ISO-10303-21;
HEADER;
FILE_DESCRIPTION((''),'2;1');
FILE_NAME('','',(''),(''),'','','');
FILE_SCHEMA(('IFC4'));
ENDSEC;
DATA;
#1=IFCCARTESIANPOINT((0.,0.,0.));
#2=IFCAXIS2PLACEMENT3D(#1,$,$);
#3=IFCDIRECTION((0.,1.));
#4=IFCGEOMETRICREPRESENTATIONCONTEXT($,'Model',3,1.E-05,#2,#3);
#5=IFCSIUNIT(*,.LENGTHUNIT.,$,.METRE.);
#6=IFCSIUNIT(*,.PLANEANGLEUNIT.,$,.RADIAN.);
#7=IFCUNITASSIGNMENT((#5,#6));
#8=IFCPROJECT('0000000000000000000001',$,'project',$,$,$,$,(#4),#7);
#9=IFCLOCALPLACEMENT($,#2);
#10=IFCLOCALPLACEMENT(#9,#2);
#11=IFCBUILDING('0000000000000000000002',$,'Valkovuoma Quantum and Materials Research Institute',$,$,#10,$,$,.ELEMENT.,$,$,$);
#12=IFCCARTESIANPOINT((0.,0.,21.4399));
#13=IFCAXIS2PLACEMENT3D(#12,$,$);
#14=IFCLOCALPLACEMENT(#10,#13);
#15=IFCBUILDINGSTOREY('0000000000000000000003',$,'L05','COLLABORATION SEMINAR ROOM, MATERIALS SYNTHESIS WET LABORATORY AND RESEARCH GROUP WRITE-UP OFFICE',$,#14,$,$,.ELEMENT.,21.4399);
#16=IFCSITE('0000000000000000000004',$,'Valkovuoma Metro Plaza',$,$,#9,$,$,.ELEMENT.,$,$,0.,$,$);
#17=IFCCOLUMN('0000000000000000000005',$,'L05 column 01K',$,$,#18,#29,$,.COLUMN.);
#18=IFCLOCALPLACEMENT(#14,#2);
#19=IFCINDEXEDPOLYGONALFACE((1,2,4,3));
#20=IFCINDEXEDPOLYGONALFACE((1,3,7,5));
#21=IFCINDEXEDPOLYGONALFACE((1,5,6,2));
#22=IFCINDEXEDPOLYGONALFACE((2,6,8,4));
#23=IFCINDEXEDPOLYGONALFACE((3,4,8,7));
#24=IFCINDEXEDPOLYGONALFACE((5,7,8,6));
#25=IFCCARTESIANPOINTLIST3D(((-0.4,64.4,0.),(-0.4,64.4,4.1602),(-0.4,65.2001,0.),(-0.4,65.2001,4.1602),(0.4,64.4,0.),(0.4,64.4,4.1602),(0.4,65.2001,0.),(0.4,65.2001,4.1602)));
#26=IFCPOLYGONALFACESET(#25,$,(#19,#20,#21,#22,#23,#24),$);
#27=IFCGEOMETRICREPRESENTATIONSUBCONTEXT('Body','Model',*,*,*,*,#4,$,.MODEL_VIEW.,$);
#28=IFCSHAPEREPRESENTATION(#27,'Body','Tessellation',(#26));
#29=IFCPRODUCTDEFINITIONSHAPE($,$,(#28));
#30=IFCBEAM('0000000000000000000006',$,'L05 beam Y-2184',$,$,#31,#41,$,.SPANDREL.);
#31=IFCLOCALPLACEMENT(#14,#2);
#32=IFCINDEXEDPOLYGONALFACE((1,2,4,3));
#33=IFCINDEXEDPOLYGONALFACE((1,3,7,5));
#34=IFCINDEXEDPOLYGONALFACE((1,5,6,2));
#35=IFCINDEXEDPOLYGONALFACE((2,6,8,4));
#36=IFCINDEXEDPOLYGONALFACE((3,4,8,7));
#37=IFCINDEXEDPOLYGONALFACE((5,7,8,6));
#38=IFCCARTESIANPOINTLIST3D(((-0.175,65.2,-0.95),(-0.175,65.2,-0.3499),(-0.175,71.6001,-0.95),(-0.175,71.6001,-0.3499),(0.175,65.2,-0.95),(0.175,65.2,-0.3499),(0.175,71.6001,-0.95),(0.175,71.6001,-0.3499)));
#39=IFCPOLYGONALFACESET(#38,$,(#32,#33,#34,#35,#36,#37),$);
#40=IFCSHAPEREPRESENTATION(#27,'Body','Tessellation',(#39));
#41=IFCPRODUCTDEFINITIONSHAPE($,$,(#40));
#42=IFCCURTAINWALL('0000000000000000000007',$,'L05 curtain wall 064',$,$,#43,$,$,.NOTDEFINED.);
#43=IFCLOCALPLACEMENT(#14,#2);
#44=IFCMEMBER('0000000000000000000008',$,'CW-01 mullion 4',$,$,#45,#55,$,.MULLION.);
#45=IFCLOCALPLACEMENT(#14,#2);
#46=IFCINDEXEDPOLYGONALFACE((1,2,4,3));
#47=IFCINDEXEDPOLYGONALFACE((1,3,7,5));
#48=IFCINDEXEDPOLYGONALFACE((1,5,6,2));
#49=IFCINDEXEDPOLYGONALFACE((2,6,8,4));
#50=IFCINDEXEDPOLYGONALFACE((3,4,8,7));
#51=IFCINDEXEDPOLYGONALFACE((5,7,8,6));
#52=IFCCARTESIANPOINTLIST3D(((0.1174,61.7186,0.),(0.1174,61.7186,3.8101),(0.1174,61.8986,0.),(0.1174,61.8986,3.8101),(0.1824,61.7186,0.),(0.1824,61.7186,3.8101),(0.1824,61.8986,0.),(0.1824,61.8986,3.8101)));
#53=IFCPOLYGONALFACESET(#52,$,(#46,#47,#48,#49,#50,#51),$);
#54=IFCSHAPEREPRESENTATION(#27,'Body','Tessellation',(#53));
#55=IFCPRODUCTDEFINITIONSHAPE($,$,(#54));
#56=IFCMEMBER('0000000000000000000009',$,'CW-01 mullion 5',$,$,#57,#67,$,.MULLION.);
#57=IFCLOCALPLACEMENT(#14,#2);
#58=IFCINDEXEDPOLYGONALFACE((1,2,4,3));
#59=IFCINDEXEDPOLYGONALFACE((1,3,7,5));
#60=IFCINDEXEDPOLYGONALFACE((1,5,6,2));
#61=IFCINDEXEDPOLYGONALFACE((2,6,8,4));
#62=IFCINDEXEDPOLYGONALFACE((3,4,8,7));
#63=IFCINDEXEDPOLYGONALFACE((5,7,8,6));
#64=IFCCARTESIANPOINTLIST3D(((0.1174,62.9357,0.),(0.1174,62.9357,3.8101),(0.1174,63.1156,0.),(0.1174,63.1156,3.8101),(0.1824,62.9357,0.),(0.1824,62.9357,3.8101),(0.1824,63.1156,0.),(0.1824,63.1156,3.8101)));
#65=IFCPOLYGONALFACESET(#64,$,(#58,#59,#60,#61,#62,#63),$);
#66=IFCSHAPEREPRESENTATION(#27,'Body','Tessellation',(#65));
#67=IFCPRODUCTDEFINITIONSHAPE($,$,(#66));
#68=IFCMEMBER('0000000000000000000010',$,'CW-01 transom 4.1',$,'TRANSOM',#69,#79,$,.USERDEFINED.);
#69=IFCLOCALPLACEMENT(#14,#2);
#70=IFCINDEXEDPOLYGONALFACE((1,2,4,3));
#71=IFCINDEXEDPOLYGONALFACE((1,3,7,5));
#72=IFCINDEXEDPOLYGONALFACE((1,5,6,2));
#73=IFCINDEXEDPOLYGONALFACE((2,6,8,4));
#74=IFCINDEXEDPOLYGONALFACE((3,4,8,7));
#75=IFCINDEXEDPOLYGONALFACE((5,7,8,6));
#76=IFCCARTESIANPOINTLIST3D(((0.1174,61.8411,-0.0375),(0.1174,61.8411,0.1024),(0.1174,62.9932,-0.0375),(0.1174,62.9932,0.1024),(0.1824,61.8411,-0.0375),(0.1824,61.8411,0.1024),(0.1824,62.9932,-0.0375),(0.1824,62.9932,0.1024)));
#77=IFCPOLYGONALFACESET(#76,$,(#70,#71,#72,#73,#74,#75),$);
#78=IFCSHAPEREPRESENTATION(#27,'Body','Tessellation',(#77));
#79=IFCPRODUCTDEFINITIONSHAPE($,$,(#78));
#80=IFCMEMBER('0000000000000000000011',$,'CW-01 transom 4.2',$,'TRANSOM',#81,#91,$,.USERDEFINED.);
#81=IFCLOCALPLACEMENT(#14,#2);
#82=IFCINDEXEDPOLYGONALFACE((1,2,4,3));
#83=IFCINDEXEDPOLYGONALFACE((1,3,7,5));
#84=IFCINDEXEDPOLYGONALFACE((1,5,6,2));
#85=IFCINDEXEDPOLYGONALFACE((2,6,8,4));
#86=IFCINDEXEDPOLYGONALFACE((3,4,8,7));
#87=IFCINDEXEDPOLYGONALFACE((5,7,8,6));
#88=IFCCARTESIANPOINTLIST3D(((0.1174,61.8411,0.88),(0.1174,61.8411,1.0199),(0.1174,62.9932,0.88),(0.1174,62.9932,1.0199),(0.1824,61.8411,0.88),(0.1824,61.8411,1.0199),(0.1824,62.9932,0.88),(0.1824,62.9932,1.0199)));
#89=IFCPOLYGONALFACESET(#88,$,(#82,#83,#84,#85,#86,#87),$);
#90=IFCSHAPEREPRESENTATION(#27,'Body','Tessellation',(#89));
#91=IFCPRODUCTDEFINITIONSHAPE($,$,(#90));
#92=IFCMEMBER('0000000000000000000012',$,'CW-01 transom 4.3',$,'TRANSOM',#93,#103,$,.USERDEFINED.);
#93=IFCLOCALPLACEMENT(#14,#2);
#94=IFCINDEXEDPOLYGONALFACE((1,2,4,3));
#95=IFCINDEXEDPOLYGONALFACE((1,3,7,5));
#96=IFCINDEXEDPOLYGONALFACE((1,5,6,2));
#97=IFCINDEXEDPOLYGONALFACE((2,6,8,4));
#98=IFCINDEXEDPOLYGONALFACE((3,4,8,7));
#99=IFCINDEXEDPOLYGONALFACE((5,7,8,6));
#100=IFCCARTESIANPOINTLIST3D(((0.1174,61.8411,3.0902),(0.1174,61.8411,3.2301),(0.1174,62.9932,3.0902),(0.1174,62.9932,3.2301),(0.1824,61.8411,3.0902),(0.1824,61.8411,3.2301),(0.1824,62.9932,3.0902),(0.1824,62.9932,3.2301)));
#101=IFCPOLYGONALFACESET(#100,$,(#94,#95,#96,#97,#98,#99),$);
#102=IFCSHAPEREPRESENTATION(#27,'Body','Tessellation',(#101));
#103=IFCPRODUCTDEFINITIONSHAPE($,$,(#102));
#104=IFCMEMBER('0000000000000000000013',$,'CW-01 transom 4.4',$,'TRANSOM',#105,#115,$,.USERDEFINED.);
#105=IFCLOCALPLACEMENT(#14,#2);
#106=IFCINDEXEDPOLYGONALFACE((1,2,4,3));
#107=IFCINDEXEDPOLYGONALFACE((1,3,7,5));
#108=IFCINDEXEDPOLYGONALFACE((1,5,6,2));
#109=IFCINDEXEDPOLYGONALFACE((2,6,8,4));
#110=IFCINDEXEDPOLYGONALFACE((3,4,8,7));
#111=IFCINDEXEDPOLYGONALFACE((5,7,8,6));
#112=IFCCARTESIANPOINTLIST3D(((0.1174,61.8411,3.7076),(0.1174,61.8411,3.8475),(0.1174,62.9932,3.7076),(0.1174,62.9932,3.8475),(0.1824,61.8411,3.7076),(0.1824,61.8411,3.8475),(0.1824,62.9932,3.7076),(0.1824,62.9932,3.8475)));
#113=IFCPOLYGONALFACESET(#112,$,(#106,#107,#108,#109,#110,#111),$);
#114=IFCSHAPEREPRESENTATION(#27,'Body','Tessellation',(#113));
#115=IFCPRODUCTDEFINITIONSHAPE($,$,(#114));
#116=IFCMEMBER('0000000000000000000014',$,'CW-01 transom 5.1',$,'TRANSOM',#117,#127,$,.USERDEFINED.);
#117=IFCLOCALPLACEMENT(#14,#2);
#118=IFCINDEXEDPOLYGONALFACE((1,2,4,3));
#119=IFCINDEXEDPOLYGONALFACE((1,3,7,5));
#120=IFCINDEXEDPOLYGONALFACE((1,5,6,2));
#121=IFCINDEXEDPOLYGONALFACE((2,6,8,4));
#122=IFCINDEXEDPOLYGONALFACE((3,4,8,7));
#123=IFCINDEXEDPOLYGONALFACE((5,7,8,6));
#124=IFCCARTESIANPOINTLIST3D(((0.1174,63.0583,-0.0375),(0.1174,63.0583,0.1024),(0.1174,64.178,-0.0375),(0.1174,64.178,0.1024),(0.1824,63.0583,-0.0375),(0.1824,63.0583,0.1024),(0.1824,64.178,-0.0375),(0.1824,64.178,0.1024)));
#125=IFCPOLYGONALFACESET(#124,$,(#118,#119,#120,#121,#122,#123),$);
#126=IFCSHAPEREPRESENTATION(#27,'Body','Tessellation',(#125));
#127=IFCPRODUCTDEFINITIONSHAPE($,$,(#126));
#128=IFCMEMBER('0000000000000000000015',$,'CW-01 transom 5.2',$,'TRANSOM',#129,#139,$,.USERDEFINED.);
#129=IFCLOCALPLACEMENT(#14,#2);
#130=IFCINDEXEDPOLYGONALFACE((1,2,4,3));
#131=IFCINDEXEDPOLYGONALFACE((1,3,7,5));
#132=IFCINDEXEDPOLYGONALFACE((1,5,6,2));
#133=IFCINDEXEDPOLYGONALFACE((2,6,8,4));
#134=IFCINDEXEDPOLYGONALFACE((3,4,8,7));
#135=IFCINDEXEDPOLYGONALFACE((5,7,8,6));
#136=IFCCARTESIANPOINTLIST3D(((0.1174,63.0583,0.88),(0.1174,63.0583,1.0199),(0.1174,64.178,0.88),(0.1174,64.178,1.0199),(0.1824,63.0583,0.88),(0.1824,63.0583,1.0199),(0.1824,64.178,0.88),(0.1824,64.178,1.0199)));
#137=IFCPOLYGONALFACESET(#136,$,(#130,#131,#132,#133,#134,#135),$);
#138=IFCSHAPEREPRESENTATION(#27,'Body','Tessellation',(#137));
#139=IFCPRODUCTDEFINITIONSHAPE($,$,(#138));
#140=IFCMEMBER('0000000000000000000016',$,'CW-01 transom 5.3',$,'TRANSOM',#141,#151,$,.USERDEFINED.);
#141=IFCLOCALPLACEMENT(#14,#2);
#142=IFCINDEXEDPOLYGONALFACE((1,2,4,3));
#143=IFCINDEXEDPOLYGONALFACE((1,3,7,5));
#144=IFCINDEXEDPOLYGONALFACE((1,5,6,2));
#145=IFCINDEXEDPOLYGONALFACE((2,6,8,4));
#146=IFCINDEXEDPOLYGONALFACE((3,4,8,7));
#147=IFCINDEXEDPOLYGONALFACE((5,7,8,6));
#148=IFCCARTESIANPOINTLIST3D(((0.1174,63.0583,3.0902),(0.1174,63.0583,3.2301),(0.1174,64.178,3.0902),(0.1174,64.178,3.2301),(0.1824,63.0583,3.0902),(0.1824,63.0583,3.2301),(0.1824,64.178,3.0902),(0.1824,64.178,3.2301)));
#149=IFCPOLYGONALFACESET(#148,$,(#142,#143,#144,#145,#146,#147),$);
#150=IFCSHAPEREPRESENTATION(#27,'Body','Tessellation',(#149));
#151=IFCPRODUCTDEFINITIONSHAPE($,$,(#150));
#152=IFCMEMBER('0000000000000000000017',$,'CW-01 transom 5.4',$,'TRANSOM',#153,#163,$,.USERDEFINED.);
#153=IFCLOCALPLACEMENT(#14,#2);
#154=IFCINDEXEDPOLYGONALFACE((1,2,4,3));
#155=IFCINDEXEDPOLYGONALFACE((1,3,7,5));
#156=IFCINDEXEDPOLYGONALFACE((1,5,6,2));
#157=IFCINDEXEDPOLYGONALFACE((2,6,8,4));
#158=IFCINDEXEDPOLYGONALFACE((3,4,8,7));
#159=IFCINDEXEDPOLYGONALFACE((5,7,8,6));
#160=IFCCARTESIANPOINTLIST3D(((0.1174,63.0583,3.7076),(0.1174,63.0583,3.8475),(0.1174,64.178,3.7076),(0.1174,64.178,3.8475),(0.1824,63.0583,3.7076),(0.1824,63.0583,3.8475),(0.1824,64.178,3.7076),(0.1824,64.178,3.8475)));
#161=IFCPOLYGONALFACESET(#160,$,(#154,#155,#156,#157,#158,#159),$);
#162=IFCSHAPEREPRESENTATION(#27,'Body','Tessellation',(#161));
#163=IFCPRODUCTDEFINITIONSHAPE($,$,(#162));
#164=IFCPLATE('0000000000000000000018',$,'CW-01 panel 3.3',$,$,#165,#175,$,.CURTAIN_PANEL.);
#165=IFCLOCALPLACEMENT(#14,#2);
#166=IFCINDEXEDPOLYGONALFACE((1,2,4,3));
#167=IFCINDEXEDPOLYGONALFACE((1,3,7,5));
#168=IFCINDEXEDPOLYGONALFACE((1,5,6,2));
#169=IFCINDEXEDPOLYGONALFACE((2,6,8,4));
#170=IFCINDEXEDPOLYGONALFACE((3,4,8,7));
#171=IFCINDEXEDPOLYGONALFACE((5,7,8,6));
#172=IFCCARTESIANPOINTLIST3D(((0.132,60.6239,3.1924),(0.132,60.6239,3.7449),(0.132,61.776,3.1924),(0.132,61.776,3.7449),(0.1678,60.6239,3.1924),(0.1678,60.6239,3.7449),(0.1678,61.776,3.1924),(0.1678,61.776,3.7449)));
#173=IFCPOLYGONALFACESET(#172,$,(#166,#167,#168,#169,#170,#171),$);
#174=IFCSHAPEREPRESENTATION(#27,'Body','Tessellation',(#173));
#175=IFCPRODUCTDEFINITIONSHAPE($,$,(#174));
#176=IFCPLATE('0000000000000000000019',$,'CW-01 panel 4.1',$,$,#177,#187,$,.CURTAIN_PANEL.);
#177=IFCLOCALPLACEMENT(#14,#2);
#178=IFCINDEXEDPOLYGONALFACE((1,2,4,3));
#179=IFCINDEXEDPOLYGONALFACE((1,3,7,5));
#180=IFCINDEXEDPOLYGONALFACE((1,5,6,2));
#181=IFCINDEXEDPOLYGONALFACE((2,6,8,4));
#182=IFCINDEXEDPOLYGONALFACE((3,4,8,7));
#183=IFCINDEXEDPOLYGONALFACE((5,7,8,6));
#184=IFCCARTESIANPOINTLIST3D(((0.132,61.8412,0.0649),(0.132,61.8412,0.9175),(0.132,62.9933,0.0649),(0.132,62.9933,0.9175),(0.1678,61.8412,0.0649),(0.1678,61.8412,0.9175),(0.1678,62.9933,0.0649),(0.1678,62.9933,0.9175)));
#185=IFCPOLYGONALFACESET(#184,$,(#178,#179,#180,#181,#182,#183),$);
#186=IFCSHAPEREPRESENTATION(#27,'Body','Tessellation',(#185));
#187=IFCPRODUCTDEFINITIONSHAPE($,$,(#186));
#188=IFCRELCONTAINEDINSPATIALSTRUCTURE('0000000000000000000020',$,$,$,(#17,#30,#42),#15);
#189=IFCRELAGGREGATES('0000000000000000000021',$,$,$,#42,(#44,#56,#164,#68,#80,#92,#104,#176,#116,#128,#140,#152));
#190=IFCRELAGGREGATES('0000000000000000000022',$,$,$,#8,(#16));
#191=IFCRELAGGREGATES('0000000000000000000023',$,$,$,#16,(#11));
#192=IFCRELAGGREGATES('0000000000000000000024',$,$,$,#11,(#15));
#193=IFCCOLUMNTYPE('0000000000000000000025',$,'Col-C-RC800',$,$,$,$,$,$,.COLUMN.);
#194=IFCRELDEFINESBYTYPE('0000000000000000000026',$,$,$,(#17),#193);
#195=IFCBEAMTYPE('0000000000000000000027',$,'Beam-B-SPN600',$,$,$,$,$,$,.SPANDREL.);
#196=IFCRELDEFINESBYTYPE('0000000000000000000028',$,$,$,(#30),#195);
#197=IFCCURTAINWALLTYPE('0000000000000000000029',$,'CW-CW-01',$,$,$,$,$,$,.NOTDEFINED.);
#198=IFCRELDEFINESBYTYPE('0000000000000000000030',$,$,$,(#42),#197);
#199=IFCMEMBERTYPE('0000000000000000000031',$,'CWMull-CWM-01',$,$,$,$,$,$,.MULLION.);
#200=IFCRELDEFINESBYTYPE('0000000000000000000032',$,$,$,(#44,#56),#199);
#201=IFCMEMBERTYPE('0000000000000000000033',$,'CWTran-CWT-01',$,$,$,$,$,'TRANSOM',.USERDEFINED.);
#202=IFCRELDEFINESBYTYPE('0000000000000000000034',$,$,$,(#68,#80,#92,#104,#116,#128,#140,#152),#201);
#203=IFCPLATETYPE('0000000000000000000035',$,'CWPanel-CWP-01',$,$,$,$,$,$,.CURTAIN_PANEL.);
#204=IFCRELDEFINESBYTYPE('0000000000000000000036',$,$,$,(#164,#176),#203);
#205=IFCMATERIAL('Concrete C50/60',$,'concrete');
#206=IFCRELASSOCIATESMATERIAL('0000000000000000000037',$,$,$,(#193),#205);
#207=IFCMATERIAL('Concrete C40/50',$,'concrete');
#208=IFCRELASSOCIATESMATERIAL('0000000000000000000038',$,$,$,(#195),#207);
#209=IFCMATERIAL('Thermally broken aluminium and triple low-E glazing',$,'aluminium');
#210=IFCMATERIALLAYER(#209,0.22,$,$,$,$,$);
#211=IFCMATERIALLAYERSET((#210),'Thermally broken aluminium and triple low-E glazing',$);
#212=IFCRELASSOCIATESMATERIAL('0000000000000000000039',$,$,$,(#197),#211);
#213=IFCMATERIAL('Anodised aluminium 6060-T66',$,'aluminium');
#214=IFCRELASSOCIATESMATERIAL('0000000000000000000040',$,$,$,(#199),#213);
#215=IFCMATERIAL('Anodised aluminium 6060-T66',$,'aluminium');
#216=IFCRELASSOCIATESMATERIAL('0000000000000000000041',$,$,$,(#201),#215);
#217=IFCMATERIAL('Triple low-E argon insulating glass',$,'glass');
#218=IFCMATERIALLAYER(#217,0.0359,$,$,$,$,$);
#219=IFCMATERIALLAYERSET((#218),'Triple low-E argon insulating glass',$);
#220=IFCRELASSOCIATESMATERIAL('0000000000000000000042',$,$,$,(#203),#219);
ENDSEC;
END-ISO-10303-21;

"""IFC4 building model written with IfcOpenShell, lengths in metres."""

from ifc_helpers import new_model, si_unit, direction, frame, origin, origin_2d, place, context, subcontext, project, spatial, rectangle, extrude, material, layer, layer_set, material_profile, profile_set, type_object, element, aggregate, save


model = new_model("IFC4")

# Units and contexts
model_context = context("Model", 3, precision=1e-05, world=origin(), true_north=direction((0.0, 1.0)))
body_context = subcontext(model_context, "Body", "Model", "MODEL_VIEW")
ifc_project = project(units=[si_unit("LENGTHUNIT", "METRE"), si_unit("PLANEANGLEUNIT", "RADIAN")], contexts=[model_context])

# Site, building, storey
site_placement = place(None, origin())
site = spatial("IfcSite", under=ifc_project, at=site_placement, Name="Valkovuoma Metro Plaza", CompositionType="ELEMENT", RefElevation=0.0)
building_placement = place(site_placement, origin())
building = spatial("IfcBuilding", under=site, at=building_placement, Name="Valkovuoma Quantum and Materials Research Institute", CompositionType="ELEMENT")
storey_placement = place(building_placement, frame((0.0, 0.0, 21.4399)))
storey = spatial("IfcBuildingStorey", under=building, at=storey_placement, Name="L05", Description="COLLABORATION SEMINAR ROOM, MATERIALS SYNTHESIS WET LABORATORY AND RESEARCH GROUP WRITE-UP OFFICE", CompositionType="ELEMENT", Elevation=21.4399)

# Column
ifc_material_1 = material(Name="Concrete C50/60", Category="concrete")
ifc_material_profile_1 = material_profile(ifc_material_1, rectangle(XDim=0.8, YDim=0.8, at=origin_2d()), Name="Concrete C50/60")
ifc_profile_set_1 = profile_set([ifc_material_profile_1], Name="Concrete C50/60")
column_type = type_object("IfcColumnType", Name="Col-C-RC800", PredefinedType="COLUMN", material=ifc_profile_set_1)
column_placement = place(storey_placement, frame((0.0, 64.8, 0.0), z_axis=(0.0, 0.0, 1.0), x_axis=(1.0, 0.0, 0.0)))
element("IfcColumn", 1, at=column_placement, inside=storey, type_object=column_type, Name="L05 column 01K", PredefinedType="COLUMN", context=body_context, shape_type="SweptSolid", body=[
    extrude(rectangle(XDim=0.8, YDim=0.8, at=origin_2d()), origin(), (0.0, 0.0, 1.0), 4.1602),
])

# Beam
ifc_material_2 = material(Name="Concrete C40/50", Category="concrete")
ifc_material_profile_2 = material_profile(ifc_material_2, rectangle(XDim=0.3501, YDim=0.6001, at=origin_2d()), Name="Concrete C40/50")
ifc_profile_set_2 = profile_set([ifc_material_profile_2], Name="Concrete C40/50")
beam_type = type_object("IfcBeamType", Name="Beam-B-SPN600", PredefinedType="SPANDREL", material=ifc_profile_set_2)
beam_placement = place(storey_placement, frame((0.0, 65.2, -0.6499), z_axis=(0.0, 1.0, 0.0), x_axis=(-1.0, 0.0, 0.0)))
element("IfcBeam", 2, at=beam_placement, inside=storey, type_object=beam_type, Name="L05 beam Y-2184", PredefinedType="SPANDREL", context=body_context, shape_type="SweptSolid", body=[
    extrude(rectangle(XDim=0.3501, YDim=0.6001, at=origin_2d()), origin(), (0.0, 0.0, 1.0), 6.4001),
])

# Curtain wall, members, plates
ifc_material_3 = material(Name="Thermally broken aluminium and triple low-E glazing", Category="aluminium")
ifc_layer_1 = layer(ifc_material_3, 0.22)
ifc_layer_set_1 = layer_set([ifc_layer_1], Name="Thermally broken aluminium and triple low-E glazing")
curtain_wall_type = type_object("IfcCurtainWallType", Name="CW-CW-01", PredefinedType="NOTDEFINED", material=ifc_layer_set_1)
curtain_wall_placement = place(storey_placement, origin())
curtain_wall = element("IfcCurtainWall", 3, at=curtain_wall_placement, inside=storey, type_object=curtain_wall_type, Name="L05 curtain wall 064", PredefinedType="NOTDEFINED")
ifc_material_4 = material(Name="Anodised aluminium 6060-T66", Category="aluminium")
ifc_material_profile_3 = material_profile(ifc_material_4, rectangle(XDim=0.0649, YDim=0.1799, at=origin_2d()), Name="Anodised aluminium 6060-T66")
ifc_profile_set_3 = profile_set([ifc_material_profile_3], Name="Anodised aluminium 6060-T66")
member_type_1 = type_object("IfcMemberType", Name="CWMull-CWM-01", PredefinedType="MULLION", material=ifc_profile_set_3)
member_1_placement = place(storey_placement, frame((0.1499, 61.8086, 0.0), z_axis=(0.0, 0.0, 1.0), x_axis=(-1.0, 0.0, 0.0)))
member_1 = element("IfcMember", 4, at=member_1_placement, type_object=member_type_1, Name="CW-01 mullion 4", PredefinedType="MULLION", context=body_context, shape_type="SweptSolid", body=[
    extrude(rectangle(XDim=0.0649, YDim=0.1799, at=origin_2d()), origin(), (0.0, 0.0, 1.0), 3.8101),
])
member_2_placement = place(storey_placement, frame((0.1499, 63.0256, 0.0), z_axis=(0.0, 0.0, 1.0), x_axis=(-1.0, 0.0, 0.0)))
member_2 = element("IfcMember", 5, at=member_2_placement, type_object=member_type_1, Name="CW-01 mullion 5", PredefinedType="MULLION", context=body_context, shape_type="SweptSolid", body=[
    extrude(rectangle(XDim=0.0649, YDim=0.1799, at=origin_2d()), origin(), (0.0, 0.0, 1.0), 3.8101),
])
ifc_material_5 = material(Name="Anodised aluminium 6060-T66", Category="aluminium")
ifc_material_profile_4 = material_profile(ifc_material_5, rectangle(XDim=0.0649, YDim=0.1399, at=origin_2d()), Name="Anodised aluminium 6060-T66")
ifc_profile_set_4 = profile_set([ifc_material_profile_4], Name="Anodised aluminium 6060-T66")
member_type_2 = type_object("IfcMemberType", Name="CWTran-CWT-01", ElementType="TRANSOM", PredefinedType="USERDEFINED", material=ifc_profile_set_4)
member_3_placement = place(storey_placement, frame((0.1499, 61.8411, 0.0325), z_axis=(0.0, 1.0, 0.0), x_axis=(-1.0, 0.0, 0.0)))
member_3 = element("IfcMember", 6, at=member_3_placement, type_object=member_type_2, Name="CW-01 transom 4.1", ObjectType="TRANSOM", PredefinedType="USERDEFINED", context=body_context, shape_type="SweptSolid", body=[
    extrude(rectangle(XDim=0.0649, YDim=0.1399, at=origin_2d()), origin(), (0.0, 0.0, 1.0), 1.1521),
])
member_4_placement = place(storey_placement, frame((0.1499, 61.8411, 0.95), z_axis=(0.0, 1.0, 0.0), x_axis=(-1.0, 0.0, 0.0)))
member_4 = element("IfcMember", 7, at=member_4_placement, type_object=member_type_2, Name="CW-01 transom 4.2", ObjectType="TRANSOM", PredefinedType="USERDEFINED", context=body_context, shape_type="SweptSolid", body=[
    extrude(rectangle(XDim=0.0649, YDim=0.1399, at=origin_2d()), origin(), (0.0, 0.0, 1.0), 1.1521),
])
member_5_placement = place(storey_placement, frame((0.1499, 61.8411, 3.1602), z_axis=(0.0, 1.0, 0.0), x_axis=(-1.0, 0.0, 0.0)))
member_5 = element("IfcMember", 8, at=member_5_placement, type_object=member_type_2, Name="CW-01 transom 4.3", ObjectType="TRANSOM", PredefinedType="USERDEFINED", context=body_context, shape_type="SweptSolid", body=[
    extrude(rectangle(XDim=0.0649, YDim=0.1399, at=origin_2d()), origin(), (0.0, 0.0, 1.0), 1.1521),
])
member_6_placement = place(storey_placement, frame((0.1499, 61.8411, 3.7776), z_axis=(0.0, 1.0, 0.0), x_axis=(-1.0, 0.0, 0.0)))
member_6 = element("IfcMember", 9, at=member_6_placement, type_object=member_type_2, Name="CW-01 transom 4.4", ObjectType="TRANSOM", PredefinedType="USERDEFINED", context=body_context, shape_type="SweptSolid", body=[
    extrude(rectangle(XDim=0.0649, YDim=0.1399, at=origin_2d()), origin(), (0.0, 0.0, 1.0), 1.1521),
])
member_7_placement = place(storey_placement, frame((0.1499, 63.0583, 0.0325), z_axis=(0.0, 1.0, 0.0), x_axis=(-1.0, 0.0, 0.0)))
member_7 = element("IfcMember", 10, at=member_7_placement, type_object=member_type_2, Name="CW-01 transom 5.1", ObjectType="TRANSOM", PredefinedType="USERDEFINED", context=body_context, shape_type="SweptSolid", body=[
    extrude(rectangle(XDim=0.0649, YDim=0.1399, at=origin_2d()), origin(), (0.0, 0.0, 1.0), 1.1196),
])
member_8_placement = place(storey_placement, frame((0.1499, 63.0583, 0.95), z_axis=(0.0, 1.0, 0.0), x_axis=(-1.0, 0.0, 0.0)))
member_8 = element("IfcMember", 11, at=member_8_placement, type_object=member_type_2, Name="CW-01 transom 5.2", ObjectType="TRANSOM", PredefinedType="USERDEFINED", context=body_context, shape_type="SweptSolid", body=[
    extrude(rectangle(XDim=0.0649, YDim=0.1399, at=origin_2d()), origin(), (0.0, 0.0, 1.0), 1.1196),
])
member_9_placement = place(storey_placement, frame((0.1499, 63.0583, 3.1602), z_axis=(0.0, 1.0, 0.0), x_axis=(-1.0, 0.0, 0.0)))
member_9 = element("IfcMember", 12, at=member_9_placement, type_object=member_type_2, Name="CW-01 transom 5.3", ObjectType="TRANSOM", PredefinedType="USERDEFINED", context=body_context, shape_type="SweptSolid", body=[
    extrude(rectangle(XDim=0.0649, YDim=0.1399, at=origin_2d()), origin(), (0.0, 0.0, 1.0), 1.1196),
])
member_10_placement = place(storey_placement, frame((0.1499, 63.0583, 3.7776), z_axis=(0.0, 1.0, 0.0), x_axis=(-1.0, 0.0, 0.0)))
member_10 = element("IfcMember", 13, at=member_10_placement, type_object=member_type_2, Name="CW-01 transom 5.4", ObjectType="TRANSOM", PredefinedType="USERDEFINED", context=body_context, shape_type="SweptSolid", body=[
    extrude(rectangle(XDim=0.0649, YDim=0.1399, at=origin_2d()), origin(), (0.0, 0.0, 1.0), 1.1196),
])
ifc_material_6 = material(Name="Triple low-E argon insulating glass", Category="glass")
ifc_layer_2 = layer(ifc_material_6, 0.0359)
ifc_layer_set_2 = layer_set([ifc_layer_2], Name="Triple low-E argon insulating glass")
plate_type = type_object("IfcPlateType", Name="CWPanel-CWP-01", PredefinedType="CURTAIN_PANEL", material=ifc_layer_set_2)
plate_1_placement = place(storey_placement, frame((0.1499, 61.2, 3.1924), z_axis=(0.0, 0.0, 1.0), x_axis=(0.0, 1.0, 0.0)))
plate_1 = element("IfcPlate", 14, at=plate_1_placement, type_object=plate_type, Name="CW-01 panel 3.3", PredefinedType="CURTAIN_PANEL", context=body_context, shape_type="SweptSolid", body=[
    extrude(rectangle(XDim=1.1521, YDim=0.0359, at=origin_2d()), origin(), (0.0, 0.0, 1.0), 0.5525),
])
plate_2_placement = place(storey_placement, frame((0.1499, 62.4172, 0.0649), z_axis=(0.0, 0.0, 1.0), x_axis=(0.0, 1.0, 0.0)))
plate_2 = element("IfcPlate", 15, at=plate_2_placement, type_object=plate_type, Name="CW-01 panel 4.1", PredefinedType="CURTAIN_PANEL", context=body_context, shape_type="SweptSolid", body=[
    extrude(rectangle(XDim=1.1521, YDim=0.0359, at=origin_2d()), origin(), (0.0, 0.0, 1.0), 0.8525),
])
aggregate(curtain_wall, [member_1, member_2, plate_1, member_3, member_4, member_5, member_6, plate_2, member_7, member_8, member_9, member_10])

save(model, "model.ifc")
